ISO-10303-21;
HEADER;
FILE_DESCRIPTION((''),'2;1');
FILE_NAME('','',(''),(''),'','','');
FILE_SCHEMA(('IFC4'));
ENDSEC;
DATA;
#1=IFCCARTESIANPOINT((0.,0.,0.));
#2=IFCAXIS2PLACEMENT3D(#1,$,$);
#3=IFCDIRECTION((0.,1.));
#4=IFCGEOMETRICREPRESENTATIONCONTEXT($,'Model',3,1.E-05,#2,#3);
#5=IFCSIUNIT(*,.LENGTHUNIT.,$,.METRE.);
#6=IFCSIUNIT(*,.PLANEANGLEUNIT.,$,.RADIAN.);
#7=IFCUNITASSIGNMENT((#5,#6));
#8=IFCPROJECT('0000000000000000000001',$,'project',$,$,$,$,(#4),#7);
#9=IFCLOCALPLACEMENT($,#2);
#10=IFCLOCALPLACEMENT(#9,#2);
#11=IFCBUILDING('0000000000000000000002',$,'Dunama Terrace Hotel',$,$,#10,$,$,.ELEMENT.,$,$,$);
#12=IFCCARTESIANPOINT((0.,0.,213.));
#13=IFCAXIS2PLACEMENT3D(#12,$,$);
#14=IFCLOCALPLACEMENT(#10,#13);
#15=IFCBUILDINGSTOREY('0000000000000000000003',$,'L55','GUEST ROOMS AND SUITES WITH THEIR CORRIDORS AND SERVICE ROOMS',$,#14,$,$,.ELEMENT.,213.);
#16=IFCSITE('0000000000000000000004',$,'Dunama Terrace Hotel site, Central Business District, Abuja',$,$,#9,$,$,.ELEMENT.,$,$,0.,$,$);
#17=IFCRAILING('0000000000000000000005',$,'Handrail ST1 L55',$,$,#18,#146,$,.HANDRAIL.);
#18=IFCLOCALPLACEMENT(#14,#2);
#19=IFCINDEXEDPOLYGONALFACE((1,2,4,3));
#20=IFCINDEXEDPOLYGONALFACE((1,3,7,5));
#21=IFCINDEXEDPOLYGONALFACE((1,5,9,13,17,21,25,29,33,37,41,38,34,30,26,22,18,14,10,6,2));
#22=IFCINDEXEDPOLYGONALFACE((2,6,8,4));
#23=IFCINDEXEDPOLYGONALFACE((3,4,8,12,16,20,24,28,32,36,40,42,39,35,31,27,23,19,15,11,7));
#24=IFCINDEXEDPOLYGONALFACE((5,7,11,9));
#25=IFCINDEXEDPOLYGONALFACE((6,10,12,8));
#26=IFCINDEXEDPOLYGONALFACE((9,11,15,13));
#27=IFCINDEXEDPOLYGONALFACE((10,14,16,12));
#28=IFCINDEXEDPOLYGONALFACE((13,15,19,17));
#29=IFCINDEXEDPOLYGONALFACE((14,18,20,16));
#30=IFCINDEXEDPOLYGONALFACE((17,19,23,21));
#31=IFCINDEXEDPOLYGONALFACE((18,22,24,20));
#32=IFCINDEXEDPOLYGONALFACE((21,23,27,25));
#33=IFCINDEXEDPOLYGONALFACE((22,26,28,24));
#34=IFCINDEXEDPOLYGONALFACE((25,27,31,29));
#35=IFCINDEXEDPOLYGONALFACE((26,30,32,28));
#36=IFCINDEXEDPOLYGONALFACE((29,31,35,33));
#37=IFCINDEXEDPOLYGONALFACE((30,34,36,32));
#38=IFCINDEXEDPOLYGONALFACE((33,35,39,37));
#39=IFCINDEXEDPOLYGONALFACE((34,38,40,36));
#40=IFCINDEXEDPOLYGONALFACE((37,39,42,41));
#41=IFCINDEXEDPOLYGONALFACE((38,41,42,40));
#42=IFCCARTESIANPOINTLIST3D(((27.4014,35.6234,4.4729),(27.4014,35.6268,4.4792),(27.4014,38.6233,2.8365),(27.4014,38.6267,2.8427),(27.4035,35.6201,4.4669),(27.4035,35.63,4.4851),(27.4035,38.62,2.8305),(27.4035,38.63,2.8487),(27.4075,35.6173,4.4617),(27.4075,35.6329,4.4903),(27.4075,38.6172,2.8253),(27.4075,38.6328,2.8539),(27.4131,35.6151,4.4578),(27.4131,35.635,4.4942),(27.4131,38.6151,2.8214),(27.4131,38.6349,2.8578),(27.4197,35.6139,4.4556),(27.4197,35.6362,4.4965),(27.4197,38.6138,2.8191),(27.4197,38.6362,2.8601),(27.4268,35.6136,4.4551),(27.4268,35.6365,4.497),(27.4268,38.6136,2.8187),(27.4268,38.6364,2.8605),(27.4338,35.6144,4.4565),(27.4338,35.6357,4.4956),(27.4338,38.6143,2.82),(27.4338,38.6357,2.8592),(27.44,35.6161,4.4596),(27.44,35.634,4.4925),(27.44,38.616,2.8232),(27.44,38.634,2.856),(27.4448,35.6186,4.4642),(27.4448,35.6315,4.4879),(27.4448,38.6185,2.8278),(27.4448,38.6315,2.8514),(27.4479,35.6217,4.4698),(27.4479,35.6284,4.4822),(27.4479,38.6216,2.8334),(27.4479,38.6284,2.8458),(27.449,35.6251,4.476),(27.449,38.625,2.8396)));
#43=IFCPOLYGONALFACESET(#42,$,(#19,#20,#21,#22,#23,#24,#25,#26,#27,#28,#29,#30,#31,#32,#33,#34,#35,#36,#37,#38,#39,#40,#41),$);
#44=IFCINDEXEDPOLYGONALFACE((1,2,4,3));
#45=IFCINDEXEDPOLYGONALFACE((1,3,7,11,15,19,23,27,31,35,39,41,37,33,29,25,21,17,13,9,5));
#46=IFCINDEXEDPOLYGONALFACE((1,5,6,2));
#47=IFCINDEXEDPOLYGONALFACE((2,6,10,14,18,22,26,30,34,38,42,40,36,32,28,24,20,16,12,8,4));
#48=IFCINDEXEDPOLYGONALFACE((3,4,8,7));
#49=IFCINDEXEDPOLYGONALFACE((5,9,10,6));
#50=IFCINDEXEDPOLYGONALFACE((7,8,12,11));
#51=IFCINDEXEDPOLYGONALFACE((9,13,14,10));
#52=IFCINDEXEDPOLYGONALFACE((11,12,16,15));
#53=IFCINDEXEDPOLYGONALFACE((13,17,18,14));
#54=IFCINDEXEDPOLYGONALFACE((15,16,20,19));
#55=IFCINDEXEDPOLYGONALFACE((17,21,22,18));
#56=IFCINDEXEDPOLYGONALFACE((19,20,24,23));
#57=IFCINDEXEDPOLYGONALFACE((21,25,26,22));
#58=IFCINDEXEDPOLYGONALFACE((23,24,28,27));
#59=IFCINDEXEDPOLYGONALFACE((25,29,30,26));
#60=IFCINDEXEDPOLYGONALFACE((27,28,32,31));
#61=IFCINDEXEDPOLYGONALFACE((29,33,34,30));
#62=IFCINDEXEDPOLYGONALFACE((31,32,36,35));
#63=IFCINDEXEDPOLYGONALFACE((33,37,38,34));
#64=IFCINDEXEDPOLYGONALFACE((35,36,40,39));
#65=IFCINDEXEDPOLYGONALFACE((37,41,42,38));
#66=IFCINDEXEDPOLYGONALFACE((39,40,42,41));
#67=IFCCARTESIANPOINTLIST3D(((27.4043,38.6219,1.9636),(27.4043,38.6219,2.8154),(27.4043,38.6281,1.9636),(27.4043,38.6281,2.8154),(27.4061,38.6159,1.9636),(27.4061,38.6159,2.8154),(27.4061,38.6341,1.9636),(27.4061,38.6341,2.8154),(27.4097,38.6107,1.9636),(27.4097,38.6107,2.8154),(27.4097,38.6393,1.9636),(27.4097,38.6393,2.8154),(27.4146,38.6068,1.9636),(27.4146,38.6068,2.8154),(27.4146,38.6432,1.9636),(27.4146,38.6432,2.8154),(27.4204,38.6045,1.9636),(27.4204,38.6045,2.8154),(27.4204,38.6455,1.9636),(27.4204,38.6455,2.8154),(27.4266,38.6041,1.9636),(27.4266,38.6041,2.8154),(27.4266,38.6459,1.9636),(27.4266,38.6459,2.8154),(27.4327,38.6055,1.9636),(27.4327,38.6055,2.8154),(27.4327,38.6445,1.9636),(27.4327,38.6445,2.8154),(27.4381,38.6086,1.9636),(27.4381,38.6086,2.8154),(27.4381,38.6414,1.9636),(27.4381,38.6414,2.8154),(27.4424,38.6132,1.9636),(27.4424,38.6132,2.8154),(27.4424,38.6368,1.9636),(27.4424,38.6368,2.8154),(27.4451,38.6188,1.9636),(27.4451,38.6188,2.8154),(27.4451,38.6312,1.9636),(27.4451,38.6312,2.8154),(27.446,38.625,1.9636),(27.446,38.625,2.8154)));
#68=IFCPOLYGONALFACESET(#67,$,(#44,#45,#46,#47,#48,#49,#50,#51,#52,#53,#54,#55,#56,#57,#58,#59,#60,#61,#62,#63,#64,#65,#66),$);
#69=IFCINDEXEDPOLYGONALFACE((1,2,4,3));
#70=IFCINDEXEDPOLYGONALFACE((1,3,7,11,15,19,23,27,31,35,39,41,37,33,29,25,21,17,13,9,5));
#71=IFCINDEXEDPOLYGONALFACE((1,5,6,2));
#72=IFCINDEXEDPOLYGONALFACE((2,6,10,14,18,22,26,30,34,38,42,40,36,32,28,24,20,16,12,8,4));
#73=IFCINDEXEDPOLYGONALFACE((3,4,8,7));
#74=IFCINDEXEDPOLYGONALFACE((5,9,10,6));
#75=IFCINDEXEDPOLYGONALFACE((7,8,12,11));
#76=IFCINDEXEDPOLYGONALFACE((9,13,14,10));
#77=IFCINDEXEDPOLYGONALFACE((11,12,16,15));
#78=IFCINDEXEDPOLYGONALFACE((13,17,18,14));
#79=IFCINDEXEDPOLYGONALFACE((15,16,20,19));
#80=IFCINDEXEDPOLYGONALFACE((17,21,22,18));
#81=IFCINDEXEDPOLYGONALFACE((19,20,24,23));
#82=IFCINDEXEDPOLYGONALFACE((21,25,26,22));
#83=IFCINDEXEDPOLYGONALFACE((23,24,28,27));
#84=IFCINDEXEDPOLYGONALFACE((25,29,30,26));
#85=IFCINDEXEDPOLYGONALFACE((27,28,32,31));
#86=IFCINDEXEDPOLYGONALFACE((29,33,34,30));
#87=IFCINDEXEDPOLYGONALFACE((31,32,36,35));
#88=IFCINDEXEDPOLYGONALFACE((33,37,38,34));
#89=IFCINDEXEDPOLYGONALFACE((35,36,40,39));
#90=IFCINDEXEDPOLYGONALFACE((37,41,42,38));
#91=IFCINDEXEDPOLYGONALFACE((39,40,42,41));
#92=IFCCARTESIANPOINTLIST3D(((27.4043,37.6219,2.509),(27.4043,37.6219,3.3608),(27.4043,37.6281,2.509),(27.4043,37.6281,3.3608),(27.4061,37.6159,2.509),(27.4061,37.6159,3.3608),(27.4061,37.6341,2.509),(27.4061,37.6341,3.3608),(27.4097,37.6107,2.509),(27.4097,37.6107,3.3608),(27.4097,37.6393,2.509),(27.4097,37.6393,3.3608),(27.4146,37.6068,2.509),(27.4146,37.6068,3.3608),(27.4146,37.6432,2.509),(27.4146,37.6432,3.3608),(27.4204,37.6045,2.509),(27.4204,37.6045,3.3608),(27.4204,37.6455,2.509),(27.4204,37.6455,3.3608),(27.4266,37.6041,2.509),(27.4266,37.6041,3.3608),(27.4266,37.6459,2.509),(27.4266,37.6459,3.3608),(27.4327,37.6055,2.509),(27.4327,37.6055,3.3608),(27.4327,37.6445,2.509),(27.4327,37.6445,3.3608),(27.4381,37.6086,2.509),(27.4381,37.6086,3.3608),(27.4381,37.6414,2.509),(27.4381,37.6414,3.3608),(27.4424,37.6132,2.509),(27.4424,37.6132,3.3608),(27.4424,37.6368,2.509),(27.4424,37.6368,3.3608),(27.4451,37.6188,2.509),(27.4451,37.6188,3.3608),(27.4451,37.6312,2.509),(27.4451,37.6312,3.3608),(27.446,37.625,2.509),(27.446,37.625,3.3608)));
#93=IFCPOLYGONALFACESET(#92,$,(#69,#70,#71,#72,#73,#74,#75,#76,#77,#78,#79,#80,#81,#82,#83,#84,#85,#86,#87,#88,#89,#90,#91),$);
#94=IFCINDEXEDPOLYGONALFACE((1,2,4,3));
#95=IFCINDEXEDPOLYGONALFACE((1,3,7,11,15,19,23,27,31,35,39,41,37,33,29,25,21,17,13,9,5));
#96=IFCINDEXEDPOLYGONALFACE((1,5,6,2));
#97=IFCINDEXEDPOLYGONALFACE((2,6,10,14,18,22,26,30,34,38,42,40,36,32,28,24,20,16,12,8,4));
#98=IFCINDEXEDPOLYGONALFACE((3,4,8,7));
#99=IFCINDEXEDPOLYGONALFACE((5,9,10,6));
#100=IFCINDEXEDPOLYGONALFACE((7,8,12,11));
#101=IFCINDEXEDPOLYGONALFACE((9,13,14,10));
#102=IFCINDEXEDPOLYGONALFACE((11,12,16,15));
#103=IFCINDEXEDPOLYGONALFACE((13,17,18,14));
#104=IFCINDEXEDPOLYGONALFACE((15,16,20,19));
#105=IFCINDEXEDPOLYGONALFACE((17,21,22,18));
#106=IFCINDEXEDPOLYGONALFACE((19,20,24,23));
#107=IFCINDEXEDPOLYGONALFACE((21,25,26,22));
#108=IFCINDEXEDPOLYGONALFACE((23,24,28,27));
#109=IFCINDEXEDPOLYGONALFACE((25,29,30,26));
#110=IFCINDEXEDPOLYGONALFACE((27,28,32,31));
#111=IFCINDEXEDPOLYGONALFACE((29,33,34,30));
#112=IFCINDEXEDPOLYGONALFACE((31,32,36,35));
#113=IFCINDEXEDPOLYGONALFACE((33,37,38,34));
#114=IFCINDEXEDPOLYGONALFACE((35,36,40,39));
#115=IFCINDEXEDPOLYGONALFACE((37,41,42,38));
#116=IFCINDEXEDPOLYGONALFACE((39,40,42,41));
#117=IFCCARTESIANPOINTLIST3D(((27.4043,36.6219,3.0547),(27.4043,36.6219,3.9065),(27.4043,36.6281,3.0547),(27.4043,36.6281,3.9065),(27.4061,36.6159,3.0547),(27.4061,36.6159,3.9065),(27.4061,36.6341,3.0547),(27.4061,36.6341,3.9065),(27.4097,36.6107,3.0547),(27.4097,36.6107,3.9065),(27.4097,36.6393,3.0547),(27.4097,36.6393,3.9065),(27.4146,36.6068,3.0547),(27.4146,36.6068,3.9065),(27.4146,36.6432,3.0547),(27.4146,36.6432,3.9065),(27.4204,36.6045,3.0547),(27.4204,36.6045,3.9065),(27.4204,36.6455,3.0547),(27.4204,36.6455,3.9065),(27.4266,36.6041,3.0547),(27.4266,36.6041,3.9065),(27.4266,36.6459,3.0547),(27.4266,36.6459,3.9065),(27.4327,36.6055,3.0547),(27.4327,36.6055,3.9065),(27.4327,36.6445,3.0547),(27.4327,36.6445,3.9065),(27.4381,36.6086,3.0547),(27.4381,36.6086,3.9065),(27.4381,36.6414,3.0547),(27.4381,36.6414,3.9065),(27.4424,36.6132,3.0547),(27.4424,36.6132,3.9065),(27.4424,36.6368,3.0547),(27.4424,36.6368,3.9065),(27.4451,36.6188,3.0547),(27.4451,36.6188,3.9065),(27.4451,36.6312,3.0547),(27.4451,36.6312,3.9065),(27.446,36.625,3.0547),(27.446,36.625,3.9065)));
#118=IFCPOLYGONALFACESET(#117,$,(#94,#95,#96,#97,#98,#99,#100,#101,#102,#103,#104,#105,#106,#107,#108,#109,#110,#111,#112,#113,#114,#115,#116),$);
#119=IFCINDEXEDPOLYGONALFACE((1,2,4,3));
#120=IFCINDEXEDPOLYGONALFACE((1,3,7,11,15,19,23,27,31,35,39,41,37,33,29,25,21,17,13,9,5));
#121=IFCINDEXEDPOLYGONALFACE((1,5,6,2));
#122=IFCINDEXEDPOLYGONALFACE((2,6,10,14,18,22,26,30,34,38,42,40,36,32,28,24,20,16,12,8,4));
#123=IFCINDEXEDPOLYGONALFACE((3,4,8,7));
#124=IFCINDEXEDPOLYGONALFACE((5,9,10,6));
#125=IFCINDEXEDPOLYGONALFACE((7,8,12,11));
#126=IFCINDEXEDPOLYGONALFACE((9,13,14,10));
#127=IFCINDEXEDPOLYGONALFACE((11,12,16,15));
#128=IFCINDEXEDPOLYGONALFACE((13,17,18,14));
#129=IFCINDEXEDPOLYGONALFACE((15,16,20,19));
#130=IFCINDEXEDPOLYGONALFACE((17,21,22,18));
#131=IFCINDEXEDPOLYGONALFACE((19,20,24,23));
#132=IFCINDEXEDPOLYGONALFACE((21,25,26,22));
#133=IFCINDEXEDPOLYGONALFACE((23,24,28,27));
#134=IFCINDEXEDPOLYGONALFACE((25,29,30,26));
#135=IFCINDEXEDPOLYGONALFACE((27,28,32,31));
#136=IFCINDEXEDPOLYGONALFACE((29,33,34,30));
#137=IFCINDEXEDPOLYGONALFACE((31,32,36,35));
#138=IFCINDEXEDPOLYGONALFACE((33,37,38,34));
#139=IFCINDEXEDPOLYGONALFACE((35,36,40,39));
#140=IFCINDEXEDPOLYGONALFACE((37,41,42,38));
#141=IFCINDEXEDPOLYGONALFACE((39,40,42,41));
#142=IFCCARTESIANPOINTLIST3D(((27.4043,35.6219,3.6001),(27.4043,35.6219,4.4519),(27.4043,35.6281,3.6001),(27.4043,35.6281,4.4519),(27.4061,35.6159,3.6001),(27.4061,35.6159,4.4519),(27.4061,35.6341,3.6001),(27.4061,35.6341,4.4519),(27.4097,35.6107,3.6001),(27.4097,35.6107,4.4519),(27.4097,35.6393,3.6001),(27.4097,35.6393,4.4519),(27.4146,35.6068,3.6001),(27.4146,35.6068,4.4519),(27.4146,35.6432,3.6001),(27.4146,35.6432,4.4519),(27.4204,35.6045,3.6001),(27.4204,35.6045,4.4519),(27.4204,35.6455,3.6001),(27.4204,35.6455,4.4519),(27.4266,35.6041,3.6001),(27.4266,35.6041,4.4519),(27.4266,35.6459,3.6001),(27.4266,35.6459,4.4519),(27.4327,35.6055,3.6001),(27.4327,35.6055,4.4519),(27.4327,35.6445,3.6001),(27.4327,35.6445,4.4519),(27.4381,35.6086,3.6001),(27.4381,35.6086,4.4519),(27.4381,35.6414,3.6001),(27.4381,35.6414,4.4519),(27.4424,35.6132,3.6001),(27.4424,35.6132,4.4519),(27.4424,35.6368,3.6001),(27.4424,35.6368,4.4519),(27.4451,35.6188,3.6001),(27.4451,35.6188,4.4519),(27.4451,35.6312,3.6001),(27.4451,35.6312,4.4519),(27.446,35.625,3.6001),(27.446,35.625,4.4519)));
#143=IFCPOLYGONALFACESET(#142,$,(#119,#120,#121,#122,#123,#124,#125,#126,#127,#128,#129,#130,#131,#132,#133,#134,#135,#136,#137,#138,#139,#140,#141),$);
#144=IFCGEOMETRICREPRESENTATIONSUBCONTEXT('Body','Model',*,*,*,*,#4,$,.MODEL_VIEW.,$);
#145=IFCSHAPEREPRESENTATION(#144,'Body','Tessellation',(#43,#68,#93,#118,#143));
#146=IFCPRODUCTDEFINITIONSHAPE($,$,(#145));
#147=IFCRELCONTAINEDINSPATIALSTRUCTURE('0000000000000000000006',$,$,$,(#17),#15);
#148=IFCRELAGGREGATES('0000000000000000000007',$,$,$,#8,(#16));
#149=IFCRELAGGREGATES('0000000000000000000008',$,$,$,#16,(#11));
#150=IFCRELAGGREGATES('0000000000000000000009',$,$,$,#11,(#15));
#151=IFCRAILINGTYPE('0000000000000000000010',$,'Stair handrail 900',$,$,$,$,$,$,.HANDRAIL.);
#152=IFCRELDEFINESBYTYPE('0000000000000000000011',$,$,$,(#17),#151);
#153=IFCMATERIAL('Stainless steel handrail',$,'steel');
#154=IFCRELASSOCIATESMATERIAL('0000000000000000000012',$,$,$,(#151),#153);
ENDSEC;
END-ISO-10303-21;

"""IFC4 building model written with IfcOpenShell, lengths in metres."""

from ifc_helpers import new_model, si_unit, direction, frame, origin, origin_2d, place, context, subcontext, project, spatial, circle, extrude, material, type_object, element, save


model = new_model("IFC4")

# Units and contexts
model_context = context("Model", 3, precision=1e-05, world=origin(), true_north=direction((0.0, 1.0)))
body_context = subcontext(model_context, "Body", "Model", "MODEL_VIEW")
ifc_project = project(units=[si_unit("LENGTHUNIT", "METRE"), si_unit("PLANEANGLEUNIT", "RADIAN")], contexts=[model_context])

# Site, building, storey
site_placement = place(None, origin())
site = spatial("IfcSite", under=ifc_project, at=site_placement, Name="Dunama Terrace Hotel site, Central Business District, Abuja", CompositionType="ELEMENT", RefElevation=0.0)
building_placement = place(site_placement, origin())
building = spatial("IfcBuilding", under=site, at=building_placement, Name="Dunama Terrace Hotel", CompositionType="ELEMENT")
storey_placement = place(building_placement, frame((0.0, 0.0, 213.0)))
storey = spatial("IfcBuildingStorey", under=building, at=storey_placement, Name="L55", Description="GUEST ROOMS AND SUITES WITH THEIR CORRIDORS AND SERVICE ROOMS", CompositionType="ELEMENT", Elevation=213.0)

# Railing
ifc_material_1 = material(Name="Stainless steel handrail", Category="steel")
railing_type = type_object("IfcRailingType", Name="Stair handrail 900", PredefinedType="HANDRAIL", material=ifc_material_1)
railing_placement = place(storey_placement, frame((27.425, 38.625, 1.9636)))
element("IfcRailing", 1, at=railing_placement, inside=storey, type_object=railing_type, Name="Handrail ST1 L55", PredefinedType="HANDRAIL", context=body_context, shape_type="SweptSolid", body=[
    extrude(circle(Radius=0.0239, at=origin_2d()), frame((0.0, 0.0, 0.876), z_axis=(0.0, -0.877882, 0.478877), x_axis=(1.0, 0.0, 0.0)), (0.0, 0.0, 1.0), 3.4172),
    extrude(circle(Radius=0.021, at=origin_2d()), origin(), (0.0, 0.0, 1.0), 0.8518),
    extrude(circle(Radius=0.021, at=origin_2d()), frame((0.0, -1.0, 0.5454)), (0.0, 0.0, 1.0), 0.8518),
    extrude(circle(Radius=0.021, at=origin_2d()), frame((0.0, -2.0, 1.0911)), (0.0, 0.0, 1.0), 0.8518),
    extrude(circle(Radius=0.021, at=origin_2d()), frame((0.0, -3.0, 1.6365)), (0.0, 0.0, 1.0), 0.8518),
])

save(model, "model.ifc")
